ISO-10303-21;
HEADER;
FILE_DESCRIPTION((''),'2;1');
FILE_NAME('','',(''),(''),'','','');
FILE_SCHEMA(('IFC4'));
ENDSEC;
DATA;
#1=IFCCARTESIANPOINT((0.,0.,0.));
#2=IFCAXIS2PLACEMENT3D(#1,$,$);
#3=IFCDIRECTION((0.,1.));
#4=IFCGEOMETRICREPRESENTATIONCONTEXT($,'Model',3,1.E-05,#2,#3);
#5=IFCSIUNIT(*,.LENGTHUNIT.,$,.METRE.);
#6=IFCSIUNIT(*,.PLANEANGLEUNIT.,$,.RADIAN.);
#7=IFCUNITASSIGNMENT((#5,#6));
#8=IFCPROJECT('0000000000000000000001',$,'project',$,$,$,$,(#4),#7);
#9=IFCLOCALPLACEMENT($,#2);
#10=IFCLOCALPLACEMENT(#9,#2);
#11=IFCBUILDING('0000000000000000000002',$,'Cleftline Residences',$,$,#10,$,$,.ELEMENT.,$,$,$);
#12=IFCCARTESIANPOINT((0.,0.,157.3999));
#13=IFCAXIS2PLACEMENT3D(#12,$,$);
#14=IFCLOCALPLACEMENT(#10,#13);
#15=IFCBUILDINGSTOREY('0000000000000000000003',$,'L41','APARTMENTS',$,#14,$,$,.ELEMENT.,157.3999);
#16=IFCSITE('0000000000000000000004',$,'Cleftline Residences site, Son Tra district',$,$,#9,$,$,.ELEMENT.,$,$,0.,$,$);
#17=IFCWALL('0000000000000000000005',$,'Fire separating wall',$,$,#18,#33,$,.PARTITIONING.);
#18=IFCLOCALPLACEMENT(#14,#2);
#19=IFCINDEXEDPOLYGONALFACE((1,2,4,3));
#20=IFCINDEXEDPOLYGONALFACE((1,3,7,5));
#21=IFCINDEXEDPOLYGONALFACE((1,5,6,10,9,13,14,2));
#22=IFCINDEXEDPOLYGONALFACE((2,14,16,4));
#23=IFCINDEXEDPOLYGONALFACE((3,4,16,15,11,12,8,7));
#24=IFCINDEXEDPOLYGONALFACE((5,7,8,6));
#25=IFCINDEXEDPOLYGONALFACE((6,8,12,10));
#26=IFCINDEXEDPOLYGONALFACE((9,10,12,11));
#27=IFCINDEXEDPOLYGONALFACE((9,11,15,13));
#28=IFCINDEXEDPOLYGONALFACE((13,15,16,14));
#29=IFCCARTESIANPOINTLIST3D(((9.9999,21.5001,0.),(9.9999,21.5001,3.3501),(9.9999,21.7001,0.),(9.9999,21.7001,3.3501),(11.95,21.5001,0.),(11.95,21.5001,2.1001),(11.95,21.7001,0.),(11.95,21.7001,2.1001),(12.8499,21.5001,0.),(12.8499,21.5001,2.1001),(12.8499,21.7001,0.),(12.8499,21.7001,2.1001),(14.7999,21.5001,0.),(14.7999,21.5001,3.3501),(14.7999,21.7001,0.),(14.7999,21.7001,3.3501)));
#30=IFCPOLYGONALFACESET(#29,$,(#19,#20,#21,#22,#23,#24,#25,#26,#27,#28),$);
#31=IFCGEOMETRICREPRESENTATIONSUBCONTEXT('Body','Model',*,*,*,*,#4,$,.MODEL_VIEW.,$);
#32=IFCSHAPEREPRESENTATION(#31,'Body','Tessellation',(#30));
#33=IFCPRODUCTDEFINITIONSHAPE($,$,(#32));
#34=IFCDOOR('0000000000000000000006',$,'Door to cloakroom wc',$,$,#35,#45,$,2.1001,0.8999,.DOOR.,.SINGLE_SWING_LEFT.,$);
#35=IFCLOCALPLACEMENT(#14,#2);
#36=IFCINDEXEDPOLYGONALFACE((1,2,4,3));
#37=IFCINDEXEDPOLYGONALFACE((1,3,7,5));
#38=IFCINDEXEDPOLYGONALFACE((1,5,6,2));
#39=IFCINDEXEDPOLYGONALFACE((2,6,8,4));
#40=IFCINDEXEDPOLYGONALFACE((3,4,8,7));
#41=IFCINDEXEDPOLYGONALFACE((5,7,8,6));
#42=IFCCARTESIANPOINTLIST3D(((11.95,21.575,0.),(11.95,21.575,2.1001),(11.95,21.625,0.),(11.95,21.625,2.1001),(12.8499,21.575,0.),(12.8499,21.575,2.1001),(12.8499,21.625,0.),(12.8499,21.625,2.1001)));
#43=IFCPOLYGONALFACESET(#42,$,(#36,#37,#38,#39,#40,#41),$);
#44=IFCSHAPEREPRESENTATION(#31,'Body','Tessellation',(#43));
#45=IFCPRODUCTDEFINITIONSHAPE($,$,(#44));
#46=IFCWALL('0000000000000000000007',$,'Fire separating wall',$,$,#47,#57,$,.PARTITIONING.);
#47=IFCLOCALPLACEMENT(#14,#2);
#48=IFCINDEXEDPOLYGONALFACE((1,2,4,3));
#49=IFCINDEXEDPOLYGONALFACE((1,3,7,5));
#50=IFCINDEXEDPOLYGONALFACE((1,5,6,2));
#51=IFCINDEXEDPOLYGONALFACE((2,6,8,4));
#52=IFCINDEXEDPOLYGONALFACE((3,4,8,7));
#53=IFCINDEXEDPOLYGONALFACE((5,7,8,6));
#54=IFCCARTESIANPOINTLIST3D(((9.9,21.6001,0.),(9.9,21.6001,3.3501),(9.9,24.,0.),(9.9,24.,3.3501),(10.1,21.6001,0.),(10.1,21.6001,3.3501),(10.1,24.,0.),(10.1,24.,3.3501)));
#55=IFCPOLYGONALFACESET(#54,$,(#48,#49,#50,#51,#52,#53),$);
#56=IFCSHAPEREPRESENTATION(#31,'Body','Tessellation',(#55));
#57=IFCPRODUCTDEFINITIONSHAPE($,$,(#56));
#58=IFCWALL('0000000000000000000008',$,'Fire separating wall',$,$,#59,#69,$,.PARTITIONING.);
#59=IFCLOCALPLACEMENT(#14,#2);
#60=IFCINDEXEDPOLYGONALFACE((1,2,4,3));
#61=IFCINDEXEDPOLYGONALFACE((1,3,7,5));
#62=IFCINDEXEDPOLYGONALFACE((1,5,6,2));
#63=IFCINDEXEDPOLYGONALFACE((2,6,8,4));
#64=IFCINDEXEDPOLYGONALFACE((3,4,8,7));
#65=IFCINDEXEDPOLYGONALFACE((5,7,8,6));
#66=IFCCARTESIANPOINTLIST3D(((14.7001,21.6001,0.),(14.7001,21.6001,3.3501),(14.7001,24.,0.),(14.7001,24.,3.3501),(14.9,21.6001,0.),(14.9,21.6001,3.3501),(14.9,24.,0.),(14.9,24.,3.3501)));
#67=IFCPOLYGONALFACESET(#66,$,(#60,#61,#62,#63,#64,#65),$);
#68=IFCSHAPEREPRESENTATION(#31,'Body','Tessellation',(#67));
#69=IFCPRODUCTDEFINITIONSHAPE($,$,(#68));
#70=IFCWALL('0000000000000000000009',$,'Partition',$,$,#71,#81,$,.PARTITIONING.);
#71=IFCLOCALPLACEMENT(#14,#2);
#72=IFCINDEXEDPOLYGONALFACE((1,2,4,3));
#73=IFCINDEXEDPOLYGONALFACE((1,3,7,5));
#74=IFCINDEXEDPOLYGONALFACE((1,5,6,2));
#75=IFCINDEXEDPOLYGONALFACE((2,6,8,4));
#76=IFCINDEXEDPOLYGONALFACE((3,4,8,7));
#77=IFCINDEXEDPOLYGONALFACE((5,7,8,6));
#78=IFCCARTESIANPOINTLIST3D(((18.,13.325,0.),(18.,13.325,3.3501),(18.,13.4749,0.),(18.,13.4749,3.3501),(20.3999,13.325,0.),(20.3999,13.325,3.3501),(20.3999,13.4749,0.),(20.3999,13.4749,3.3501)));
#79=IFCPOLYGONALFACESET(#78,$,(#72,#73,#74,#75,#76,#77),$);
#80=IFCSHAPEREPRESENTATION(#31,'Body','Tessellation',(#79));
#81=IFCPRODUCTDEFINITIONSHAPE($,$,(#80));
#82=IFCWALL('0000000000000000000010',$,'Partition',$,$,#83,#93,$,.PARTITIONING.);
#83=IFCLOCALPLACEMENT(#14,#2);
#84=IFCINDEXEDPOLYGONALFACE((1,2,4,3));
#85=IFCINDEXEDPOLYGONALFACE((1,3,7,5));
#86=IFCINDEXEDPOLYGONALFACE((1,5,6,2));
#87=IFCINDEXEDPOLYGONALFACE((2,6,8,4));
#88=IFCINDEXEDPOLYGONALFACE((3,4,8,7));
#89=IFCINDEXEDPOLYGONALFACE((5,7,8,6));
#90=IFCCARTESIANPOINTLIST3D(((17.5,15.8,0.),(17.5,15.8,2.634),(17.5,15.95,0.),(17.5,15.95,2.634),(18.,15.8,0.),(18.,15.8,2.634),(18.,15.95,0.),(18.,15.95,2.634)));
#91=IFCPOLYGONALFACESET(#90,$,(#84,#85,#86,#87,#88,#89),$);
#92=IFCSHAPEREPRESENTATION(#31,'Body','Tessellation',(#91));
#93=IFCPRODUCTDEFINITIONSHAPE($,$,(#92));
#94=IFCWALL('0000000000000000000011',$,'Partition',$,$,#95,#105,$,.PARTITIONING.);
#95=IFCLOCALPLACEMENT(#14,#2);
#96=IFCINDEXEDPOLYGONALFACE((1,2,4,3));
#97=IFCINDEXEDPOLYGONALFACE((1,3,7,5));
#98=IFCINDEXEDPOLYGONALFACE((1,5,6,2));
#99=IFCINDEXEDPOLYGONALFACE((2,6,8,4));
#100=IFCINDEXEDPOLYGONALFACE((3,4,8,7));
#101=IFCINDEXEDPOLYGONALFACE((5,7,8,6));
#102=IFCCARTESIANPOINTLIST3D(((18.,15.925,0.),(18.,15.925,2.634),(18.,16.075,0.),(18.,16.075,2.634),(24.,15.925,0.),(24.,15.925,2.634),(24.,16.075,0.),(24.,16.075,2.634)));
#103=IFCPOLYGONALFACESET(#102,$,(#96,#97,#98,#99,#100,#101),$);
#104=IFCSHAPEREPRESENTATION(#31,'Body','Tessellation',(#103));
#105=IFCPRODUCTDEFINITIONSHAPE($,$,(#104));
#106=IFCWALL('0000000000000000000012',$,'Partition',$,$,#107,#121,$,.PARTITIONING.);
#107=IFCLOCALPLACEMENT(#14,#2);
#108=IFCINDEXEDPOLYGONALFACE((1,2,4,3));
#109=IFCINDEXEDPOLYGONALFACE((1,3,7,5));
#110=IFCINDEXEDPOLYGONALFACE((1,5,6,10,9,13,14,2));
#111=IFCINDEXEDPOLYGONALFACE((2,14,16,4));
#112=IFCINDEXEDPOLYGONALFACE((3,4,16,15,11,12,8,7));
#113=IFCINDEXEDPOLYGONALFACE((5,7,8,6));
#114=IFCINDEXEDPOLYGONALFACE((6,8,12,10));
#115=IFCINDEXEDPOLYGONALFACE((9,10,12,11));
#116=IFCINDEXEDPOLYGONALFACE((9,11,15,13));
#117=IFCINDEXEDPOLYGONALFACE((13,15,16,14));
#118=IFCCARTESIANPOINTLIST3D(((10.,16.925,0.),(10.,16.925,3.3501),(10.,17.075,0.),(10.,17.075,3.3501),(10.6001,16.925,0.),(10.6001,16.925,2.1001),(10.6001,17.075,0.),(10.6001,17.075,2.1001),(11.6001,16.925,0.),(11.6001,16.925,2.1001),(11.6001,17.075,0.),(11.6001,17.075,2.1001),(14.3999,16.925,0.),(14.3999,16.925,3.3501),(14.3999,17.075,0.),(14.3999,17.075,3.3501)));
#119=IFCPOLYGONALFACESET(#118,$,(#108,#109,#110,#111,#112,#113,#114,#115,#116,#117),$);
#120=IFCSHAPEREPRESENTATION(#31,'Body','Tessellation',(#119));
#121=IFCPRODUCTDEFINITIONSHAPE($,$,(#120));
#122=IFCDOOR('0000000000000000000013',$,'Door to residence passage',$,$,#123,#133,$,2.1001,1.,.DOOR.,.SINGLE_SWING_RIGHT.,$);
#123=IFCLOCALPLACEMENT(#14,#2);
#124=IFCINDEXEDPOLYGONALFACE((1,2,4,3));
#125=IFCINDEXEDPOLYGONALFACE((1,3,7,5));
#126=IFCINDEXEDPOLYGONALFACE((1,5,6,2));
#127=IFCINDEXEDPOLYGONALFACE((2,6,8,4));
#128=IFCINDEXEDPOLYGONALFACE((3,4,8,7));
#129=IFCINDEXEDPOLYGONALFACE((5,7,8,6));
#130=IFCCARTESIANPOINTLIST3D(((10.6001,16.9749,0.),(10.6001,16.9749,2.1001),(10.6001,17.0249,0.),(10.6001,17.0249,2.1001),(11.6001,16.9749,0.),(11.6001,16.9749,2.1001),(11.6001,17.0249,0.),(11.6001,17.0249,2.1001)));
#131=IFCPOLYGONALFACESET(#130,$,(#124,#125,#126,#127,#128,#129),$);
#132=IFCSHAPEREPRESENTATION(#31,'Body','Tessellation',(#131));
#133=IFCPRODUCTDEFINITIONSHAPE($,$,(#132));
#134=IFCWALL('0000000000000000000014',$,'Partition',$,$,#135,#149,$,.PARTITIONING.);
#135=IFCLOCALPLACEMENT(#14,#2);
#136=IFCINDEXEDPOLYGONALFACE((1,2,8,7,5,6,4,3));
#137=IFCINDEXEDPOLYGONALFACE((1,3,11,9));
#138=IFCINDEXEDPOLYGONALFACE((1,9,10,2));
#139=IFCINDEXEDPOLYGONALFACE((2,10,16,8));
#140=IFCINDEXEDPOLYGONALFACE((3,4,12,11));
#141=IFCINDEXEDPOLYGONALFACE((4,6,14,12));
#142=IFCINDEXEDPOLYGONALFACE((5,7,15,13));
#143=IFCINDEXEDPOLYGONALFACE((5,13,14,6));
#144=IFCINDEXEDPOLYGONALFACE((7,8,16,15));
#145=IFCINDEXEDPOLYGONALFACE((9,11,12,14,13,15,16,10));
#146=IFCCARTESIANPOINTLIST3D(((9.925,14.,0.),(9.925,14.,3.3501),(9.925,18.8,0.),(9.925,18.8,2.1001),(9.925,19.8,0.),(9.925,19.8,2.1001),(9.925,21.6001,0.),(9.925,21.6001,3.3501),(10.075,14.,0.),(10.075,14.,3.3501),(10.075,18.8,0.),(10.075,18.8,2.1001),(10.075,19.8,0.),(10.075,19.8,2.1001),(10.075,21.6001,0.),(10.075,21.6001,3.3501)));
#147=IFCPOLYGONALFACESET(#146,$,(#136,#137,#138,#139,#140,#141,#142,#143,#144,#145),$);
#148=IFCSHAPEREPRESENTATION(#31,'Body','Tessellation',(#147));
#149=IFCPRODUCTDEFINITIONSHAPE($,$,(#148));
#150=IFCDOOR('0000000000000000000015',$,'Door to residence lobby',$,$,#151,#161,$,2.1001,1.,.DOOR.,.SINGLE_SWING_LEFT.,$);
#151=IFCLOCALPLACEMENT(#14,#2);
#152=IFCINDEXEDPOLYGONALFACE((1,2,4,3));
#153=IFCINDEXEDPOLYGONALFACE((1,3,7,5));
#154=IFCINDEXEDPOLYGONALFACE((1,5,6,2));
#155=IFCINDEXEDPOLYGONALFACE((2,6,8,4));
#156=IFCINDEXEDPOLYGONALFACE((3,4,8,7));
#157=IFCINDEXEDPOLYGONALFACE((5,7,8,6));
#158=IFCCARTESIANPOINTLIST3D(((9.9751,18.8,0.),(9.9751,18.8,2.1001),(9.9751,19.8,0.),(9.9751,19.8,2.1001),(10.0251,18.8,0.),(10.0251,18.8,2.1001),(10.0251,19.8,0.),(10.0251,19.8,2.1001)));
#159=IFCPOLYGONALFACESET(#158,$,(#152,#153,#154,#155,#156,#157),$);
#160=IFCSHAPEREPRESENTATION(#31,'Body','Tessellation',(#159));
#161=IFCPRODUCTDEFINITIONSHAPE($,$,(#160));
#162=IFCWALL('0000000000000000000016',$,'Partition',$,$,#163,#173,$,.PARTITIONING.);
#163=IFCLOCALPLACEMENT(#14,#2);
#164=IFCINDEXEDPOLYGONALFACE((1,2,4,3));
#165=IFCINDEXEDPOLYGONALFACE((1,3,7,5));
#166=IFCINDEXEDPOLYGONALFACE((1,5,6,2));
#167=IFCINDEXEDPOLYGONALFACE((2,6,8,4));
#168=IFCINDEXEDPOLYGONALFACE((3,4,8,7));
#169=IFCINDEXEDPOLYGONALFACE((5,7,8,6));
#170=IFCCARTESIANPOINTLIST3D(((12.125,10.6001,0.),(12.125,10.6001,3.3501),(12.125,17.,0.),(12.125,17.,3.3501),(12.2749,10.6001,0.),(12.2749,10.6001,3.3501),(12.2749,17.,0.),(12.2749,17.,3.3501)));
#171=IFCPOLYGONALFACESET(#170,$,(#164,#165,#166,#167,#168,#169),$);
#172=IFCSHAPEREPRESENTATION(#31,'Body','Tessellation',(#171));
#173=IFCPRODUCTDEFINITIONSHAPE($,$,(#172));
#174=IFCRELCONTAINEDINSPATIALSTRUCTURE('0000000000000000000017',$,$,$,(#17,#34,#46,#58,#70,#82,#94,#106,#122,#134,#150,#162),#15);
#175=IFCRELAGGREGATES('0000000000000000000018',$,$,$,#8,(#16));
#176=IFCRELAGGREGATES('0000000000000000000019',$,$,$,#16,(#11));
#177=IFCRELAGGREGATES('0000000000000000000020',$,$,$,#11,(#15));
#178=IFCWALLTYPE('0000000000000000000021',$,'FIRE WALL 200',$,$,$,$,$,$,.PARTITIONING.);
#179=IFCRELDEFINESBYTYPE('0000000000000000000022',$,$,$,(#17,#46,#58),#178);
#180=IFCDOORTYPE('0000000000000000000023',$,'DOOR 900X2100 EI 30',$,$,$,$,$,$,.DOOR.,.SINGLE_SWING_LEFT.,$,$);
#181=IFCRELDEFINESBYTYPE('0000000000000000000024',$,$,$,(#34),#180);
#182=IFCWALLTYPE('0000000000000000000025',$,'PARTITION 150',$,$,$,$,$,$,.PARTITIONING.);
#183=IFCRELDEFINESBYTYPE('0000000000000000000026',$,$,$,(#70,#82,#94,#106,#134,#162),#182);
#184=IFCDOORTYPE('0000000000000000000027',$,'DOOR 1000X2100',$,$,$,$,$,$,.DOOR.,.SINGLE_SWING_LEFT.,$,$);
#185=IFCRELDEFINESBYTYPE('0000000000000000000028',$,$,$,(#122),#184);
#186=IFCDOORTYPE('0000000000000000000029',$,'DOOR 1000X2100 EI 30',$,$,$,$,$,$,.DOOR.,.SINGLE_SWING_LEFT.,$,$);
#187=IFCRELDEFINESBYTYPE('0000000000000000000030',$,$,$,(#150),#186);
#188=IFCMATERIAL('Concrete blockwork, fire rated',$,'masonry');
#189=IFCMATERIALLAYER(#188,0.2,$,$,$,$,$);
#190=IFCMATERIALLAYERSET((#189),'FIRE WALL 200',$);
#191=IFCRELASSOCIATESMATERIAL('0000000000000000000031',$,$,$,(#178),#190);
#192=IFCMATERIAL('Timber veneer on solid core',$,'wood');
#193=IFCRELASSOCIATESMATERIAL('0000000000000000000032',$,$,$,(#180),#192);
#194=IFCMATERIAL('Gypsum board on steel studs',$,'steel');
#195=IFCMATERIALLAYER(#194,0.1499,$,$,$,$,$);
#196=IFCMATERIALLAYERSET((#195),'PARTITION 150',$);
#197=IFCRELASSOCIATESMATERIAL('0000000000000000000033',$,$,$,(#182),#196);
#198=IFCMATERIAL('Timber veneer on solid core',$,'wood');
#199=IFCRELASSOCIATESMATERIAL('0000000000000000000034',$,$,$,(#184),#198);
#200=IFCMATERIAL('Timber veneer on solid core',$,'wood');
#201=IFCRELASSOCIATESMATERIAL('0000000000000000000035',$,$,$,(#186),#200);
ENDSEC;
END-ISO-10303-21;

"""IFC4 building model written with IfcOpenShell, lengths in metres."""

from ifc_helpers import new_model, si_unit, direction, frame, frame_2d, origin, place, context, subcontext, project, spatial, rectangle, extrude, material, layer, layer_set, type_object, element, fill, save


model = new_model("IFC4")

# Units and contexts
model_context = context("Model", 3, precision=1e-05, world=origin(), true_north=direction((0.0, 1.0)))
body_context = subcontext(model_context, "Body", "Model", "MODEL_VIEW")
ifc_project = project(units=[si_unit("LENGTHUNIT", "METRE"), si_unit("PLANEANGLEUNIT", "RADIAN")], contexts=[model_context])

# Site, building, storey
site_placement = place(None, origin())
site = spatial("IfcSite", under=ifc_project, at=site_placement, Name="Cleftline Residences site, Son Tra district", CompositionType="ELEMENT", RefElevation=0.0)
building_placement = place(site_placement, origin())
building = spatial("IfcBuilding", under=site, at=building_placement, Name="Cleftline Residences", CompositionType="ELEMENT")
storey_placement = place(building_placement, frame((0.0, 0.0, 157.3999)))
storey = spatial("IfcBuildingStorey", under=building, at=storey_placement, Name="L41", Description="APARTMENTS", CompositionType="ELEMENT", Elevation=157.3999)

# Shared definitions
ifc_material_1 = material(Name="Concrete blockwork, fire rated", Category="masonry")
ifc_layer_1 = layer(ifc_material_1, 0.2)
ifc_layer_set_1 = layer_set([ifc_layer_1], Name="FIRE WALL 200")
wall_type_1 = type_object("IfcWallType", Name="FIRE WALL 200", PredefinedType="PARTITIONING", material=ifc_layer_set_1)

# Wall, opening, door
wall_1_placement = place(storey_placement, frame((10.0, 21.6001, 0.0), z_axis=(0.0, 0.0, 1.0), x_axis=(1.0, 0.0, 0.0)))
wall_1 = element("IfcWall", 1, at=wall_1_placement, inside=storey, type_object=wall_type_1, Name="Fire separating wall", PredefinedType="PARTITIONING", context=body_context, shape_type="SweptSolid", body=[
    extrude(rectangle(XDim=4.8, YDim=0.2, at=frame_2d((2.3999, 0.0))), origin(), (0.0, 0.0, 1.0), 3.3501),
])
opening_1_placement = place(wall_1_placement, frame((1.95, 0.0, 0.0)))
opening_1 = element("IfcOpeningElement", 2, at=opening_1_placement, cuts=wall_1, PredefinedType="OPENING", context=body_context, shape_type="SweptSolid", body=[
    extrude(rectangle(XDim=0.8999, YDim=2.1001, at=frame_2d((0.45, 1.05))), frame((0.0, 0.1099, 0.0), z_axis=(0.0, -1.0, 0.0), x_axis=(1.0, 0.0, 0.0)), (0.0, 0.0, 1.0), 0.22),
])
ifc_material_2 = material(Name="Timber veneer on solid core", Category="wood")
door_type_1 = type_object("IfcDoorType", Name="DOOR 900X2100 EI 30", OperationType="SINGLE_SWING_LEFT", PredefinedType="DOOR", material=ifc_material_2)
door_1_placement = place(opening_1_placement, origin())
door_1 = element("IfcDoor", 3, at=door_1_placement, inside=storey, type_object=door_type_1, Name="Door to cloakroom wc", OperationType="SINGLE_SWING_LEFT", OverallHeight=2.1001, OverallWidth=0.8999, PredefinedType="DOOR", context=body_context, shape_type="SweptSolid", body=[
    extrude(rectangle(XDim=0.8999, YDim=2.1001, at=frame_2d((0.45, 1.05))), frame((0.0, 0.0249, 0.0), z_axis=(0.0, -1.0, 0.0), x_axis=(1.0, 0.0, 0.0)), (0.0, 0.0, 1.0), 0.05),
])
fill(opening_1, door_1)

# Walls
for number, where, z_axis, x_axis, name in (
    (4, (10.0, 21.6001, 0.0), (0.0, 0.0, 1.0), (0.0, 1.0, 0.0), "Fire separating wall"),
    (5, (14.8, 21.6001, 0.0), (0.0, 0.0, 1.0), (0.0, 1.0, 0.0), "Fire separating wall"),
):
    element("IfcWall", number, at=place(storey_placement, frame(where, z_axis=z_axis, x_axis=x_axis)), inside=storey, type_object=wall_type_1, Name=name, PredefinedType="PARTITIONING", context=body_context, shape_type="SweptSolid", body=[
        extrude(rectangle(XDim=2.3999, YDim=0.2, at=frame_2d((1.2, 0.0))), origin(), (0.0, 0.0, 1.0), 3.3501),
    ])

# Walls
ifc_material_3 = material(Name="Gypsum board on steel studs", Category="steel")
ifc_layer_2 = layer(ifc_material_3, 0.1499)
ifc_layer_set_2 = layer_set([ifc_layer_2], Name="PARTITION 150")
wall_type_2 = type_object("IfcWallType", Name="PARTITION 150", PredefinedType="PARTITIONING", material=ifc_layer_set_2)
wall_2_placement = place(storey_placement, frame((18.0, 13.3999, 0.0), z_axis=(0.0, 0.0, 1.0), x_axis=(1.0, 0.0, 0.0)))
element("IfcWall", 6, at=wall_2_placement, inside=storey, type_object=wall_type_2, Name="Partition", PredefinedType="PARTITIONING", context=body_context, shape_type="SweptSolid", body=[
    extrude(rectangle(XDim=2.3999, YDim=0.1499, at=frame_2d((1.2, 0.0))), origin(), (0.0, 0.0, 1.0), 3.3501),
])
wall_3_placement = place(storey_placement, frame((17.5, 15.875, 0.0), z_axis=(0.0, 0.0, 1.0), x_axis=(1.0, 0.0, 0.0)))
element("IfcWall", 7, at=wall_3_placement, inside=storey, type_object=wall_type_2, Name="Partition", PredefinedType="PARTITIONING", context=body_context, shape_type="SweptSolid", body=[
    extrude(rectangle(XDim=0.5, YDim=0.1499, at=frame_2d((0.25, 0.0))), origin(), (0.0, 0.0, 1.0), 2.634),
])
wall_4_placement = place(storey_placement, frame((18.0, 16.0, 0.0), z_axis=(0.0, 0.0, 1.0), x_axis=(1.0, 0.0, 0.0)))
element("IfcWall", 8, at=wall_4_placement, inside=storey, type_object=wall_type_2, Name="Partition", PredefinedType="PARTITIONING", context=body_context, shape_type="SweptSolid", body=[
    extrude(rectangle(XDim=6.0, YDim=0.1499, at=frame_2d((3.0, 0.0))), origin(), (0.0, 0.0, 1.0), 2.634),
])

# Walls, openings, doors
wall_5_placement = place(storey_placement, frame((10.0, 17.0, 0.0), z_axis=(0.0, 0.0, 1.0), x_axis=(1.0, 0.0, 0.0)))
wall_5 = element("IfcWall", 9, at=wall_5_placement, inside=storey, type_object=wall_type_2, Name="Partition", PredefinedType="PARTITIONING", context=body_context, shape_type="SweptSolid", body=[
    extrude(rectangle(XDim=4.3999, YDim=0.1499, at=frame_2d((2.2, 0.0))), origin(), (0.0, 0.0, 1.0), 3.3501),
])
opening_2_placement = place(wall_5_placement, frame((0.6001, 0.0, 0.0)))
opening_2 = element("IfcOpeningElement", 10, at=opening_2_placement, cuts=wall_5, PredefinedType="OPENING", context=body_context, shape_type="SweptSolid", body=[
    extrude(rectangle(XDim=1.0, YDim=2.1001, at=frame_2d((0.5, 1.05))), frame((0.0, 0.085, 0.0), z_axis=(0.0, -1.0, 0.0), x_axis=(1.0, 0.0, 0.0)), (0.0, 0.0, 1.0), 0.1699),
])
ifc_material_4 = material(Name="Timber veneer on solid core", Category="wood")
door_type_2 = type_object("IfcDoorType", Name="DOOR 1000X2100", OperationType="SINGLE_SWING_LEFT", PredefinedType="DOOR", material=ifc_material_4)
door_2_placement = place(opening_2_placement, origin())
door_2 = element("IfcDoor", 11, at=door_2_placement, inside=storey, type_object=door_type_2, Name="Door to residence passage", OperationType="SINGLE_SWING_RIGHT", OverallHeight=2.1001, OverallWidth=1.0, PredefinedType="DOOR", context=body_context, shape_type="SweptSolid", body=[
    extrude(rectangle(XDim=1.0, YDim=2.1001, at=frame_2d((0.5, 1.05))), frame((0.0, 0.0249, 0.0), z_axis=(0.0, -1.0, 0.0), x_axis=(1.0, 0.0, 0.0)), (0.0, 0.0, 1.0), 0.05),
])
fill(opening_2, door_2)
wall_6_placement = place(storey_placement, frame((10.0, 14.0, 0.0), z_axis=(0.0, 0.0, 1.0), x_axis=(0.0, 1.0, 0.0)))
wall_6 = element("IfcWall", 12, at=wall_6_placement, inside=storey, type_object=wall_type_2, Name="Partition", PredefinedType="PARTITIONING", context=body_context, shape_type="SweptSolid", body=[
    extrude(rectangle(XDim=7.6001, YDim=0.1499, at=frame_2d((3.8, 0.0))), origin(), (0.0, 0.0, 1.0), 3.3501),
])
opening_3_placement = place(wall_6_placement, frame((4.8, 0.0, 0.0)))
opening_3 = element("IfcOpeningElement", 13, at=opening_3_placement, cuts=wall_6, PredefinedType="OPENING", context=body_context, shape_type="SweptSolid", body=[
    extrude(rectangle(XDim=1.0, YDim=2.1001, at=frame_2d((0.5, 1.05))), frame((0.0, 0.085, 0.0), z_axis=(0.0, -1.0, 0.0), x_axis=(1.0, 0.0, 0.0)), (0.0, 0.0, 1.0), 0.1699),
])
ifc_material_5 = material(Name="Timber veneer on solid core", Category="wood")
door_type_3 = type_object("IfcDoorType", Name="DOOR 1000X2100 EI 30", OperationType="SINGLE_SWING_LEFT", PredefinedType="DOOR", material=ifc_material_5)
door_3_placement = place(opening_3_placement, origin())
door_3 = element("IfcDoor", 14, at=door_3_placement, inside=storey, type_object=door_type_3, Name="Door to residence lobby", OperationType="SINGLE_SWING_LEFT", OverallHeight=2.1001, OverallWidth=1.0, PredefinedType="DOOR", context=body_context, shape_type="SweptSolid", body=[
    extrude(rectangle(XDim=1.0, YDim=2.1001, at=frame_2d((0.5, 1.05))), frame((0.0, 0.0249, 0.0), z_axis=(0.0, -1.0, 0.0), x_axis=(1.0, 0.0, 0.0)), (0.0, 0.0, 1.0), 0.05),
])
fill(opening_3, door_3)

# Wall
wall_7_placement = place(storey_placement, frame((12.2, 10.6001, 0.0), z_axis=(0.0, 0.0, 1.0), x_axis=(0.0, 1.0, 0.0)))
element("IfcWall", 15, at=wall_7_placement, inside=storey, type_object=wall_type_2, Name="Partition", PredefinedType="PARTITIONING", context=body_context, shape_type="SweptSolid", body=[
    extrude(rectangle(XDim=6.3999, YDim=0.1499, at=frame_2d((3.2, 0.0))), origin(), (0.0, 0.0, 1.0), 3.3501),
])

save(model, "model.ifc")
